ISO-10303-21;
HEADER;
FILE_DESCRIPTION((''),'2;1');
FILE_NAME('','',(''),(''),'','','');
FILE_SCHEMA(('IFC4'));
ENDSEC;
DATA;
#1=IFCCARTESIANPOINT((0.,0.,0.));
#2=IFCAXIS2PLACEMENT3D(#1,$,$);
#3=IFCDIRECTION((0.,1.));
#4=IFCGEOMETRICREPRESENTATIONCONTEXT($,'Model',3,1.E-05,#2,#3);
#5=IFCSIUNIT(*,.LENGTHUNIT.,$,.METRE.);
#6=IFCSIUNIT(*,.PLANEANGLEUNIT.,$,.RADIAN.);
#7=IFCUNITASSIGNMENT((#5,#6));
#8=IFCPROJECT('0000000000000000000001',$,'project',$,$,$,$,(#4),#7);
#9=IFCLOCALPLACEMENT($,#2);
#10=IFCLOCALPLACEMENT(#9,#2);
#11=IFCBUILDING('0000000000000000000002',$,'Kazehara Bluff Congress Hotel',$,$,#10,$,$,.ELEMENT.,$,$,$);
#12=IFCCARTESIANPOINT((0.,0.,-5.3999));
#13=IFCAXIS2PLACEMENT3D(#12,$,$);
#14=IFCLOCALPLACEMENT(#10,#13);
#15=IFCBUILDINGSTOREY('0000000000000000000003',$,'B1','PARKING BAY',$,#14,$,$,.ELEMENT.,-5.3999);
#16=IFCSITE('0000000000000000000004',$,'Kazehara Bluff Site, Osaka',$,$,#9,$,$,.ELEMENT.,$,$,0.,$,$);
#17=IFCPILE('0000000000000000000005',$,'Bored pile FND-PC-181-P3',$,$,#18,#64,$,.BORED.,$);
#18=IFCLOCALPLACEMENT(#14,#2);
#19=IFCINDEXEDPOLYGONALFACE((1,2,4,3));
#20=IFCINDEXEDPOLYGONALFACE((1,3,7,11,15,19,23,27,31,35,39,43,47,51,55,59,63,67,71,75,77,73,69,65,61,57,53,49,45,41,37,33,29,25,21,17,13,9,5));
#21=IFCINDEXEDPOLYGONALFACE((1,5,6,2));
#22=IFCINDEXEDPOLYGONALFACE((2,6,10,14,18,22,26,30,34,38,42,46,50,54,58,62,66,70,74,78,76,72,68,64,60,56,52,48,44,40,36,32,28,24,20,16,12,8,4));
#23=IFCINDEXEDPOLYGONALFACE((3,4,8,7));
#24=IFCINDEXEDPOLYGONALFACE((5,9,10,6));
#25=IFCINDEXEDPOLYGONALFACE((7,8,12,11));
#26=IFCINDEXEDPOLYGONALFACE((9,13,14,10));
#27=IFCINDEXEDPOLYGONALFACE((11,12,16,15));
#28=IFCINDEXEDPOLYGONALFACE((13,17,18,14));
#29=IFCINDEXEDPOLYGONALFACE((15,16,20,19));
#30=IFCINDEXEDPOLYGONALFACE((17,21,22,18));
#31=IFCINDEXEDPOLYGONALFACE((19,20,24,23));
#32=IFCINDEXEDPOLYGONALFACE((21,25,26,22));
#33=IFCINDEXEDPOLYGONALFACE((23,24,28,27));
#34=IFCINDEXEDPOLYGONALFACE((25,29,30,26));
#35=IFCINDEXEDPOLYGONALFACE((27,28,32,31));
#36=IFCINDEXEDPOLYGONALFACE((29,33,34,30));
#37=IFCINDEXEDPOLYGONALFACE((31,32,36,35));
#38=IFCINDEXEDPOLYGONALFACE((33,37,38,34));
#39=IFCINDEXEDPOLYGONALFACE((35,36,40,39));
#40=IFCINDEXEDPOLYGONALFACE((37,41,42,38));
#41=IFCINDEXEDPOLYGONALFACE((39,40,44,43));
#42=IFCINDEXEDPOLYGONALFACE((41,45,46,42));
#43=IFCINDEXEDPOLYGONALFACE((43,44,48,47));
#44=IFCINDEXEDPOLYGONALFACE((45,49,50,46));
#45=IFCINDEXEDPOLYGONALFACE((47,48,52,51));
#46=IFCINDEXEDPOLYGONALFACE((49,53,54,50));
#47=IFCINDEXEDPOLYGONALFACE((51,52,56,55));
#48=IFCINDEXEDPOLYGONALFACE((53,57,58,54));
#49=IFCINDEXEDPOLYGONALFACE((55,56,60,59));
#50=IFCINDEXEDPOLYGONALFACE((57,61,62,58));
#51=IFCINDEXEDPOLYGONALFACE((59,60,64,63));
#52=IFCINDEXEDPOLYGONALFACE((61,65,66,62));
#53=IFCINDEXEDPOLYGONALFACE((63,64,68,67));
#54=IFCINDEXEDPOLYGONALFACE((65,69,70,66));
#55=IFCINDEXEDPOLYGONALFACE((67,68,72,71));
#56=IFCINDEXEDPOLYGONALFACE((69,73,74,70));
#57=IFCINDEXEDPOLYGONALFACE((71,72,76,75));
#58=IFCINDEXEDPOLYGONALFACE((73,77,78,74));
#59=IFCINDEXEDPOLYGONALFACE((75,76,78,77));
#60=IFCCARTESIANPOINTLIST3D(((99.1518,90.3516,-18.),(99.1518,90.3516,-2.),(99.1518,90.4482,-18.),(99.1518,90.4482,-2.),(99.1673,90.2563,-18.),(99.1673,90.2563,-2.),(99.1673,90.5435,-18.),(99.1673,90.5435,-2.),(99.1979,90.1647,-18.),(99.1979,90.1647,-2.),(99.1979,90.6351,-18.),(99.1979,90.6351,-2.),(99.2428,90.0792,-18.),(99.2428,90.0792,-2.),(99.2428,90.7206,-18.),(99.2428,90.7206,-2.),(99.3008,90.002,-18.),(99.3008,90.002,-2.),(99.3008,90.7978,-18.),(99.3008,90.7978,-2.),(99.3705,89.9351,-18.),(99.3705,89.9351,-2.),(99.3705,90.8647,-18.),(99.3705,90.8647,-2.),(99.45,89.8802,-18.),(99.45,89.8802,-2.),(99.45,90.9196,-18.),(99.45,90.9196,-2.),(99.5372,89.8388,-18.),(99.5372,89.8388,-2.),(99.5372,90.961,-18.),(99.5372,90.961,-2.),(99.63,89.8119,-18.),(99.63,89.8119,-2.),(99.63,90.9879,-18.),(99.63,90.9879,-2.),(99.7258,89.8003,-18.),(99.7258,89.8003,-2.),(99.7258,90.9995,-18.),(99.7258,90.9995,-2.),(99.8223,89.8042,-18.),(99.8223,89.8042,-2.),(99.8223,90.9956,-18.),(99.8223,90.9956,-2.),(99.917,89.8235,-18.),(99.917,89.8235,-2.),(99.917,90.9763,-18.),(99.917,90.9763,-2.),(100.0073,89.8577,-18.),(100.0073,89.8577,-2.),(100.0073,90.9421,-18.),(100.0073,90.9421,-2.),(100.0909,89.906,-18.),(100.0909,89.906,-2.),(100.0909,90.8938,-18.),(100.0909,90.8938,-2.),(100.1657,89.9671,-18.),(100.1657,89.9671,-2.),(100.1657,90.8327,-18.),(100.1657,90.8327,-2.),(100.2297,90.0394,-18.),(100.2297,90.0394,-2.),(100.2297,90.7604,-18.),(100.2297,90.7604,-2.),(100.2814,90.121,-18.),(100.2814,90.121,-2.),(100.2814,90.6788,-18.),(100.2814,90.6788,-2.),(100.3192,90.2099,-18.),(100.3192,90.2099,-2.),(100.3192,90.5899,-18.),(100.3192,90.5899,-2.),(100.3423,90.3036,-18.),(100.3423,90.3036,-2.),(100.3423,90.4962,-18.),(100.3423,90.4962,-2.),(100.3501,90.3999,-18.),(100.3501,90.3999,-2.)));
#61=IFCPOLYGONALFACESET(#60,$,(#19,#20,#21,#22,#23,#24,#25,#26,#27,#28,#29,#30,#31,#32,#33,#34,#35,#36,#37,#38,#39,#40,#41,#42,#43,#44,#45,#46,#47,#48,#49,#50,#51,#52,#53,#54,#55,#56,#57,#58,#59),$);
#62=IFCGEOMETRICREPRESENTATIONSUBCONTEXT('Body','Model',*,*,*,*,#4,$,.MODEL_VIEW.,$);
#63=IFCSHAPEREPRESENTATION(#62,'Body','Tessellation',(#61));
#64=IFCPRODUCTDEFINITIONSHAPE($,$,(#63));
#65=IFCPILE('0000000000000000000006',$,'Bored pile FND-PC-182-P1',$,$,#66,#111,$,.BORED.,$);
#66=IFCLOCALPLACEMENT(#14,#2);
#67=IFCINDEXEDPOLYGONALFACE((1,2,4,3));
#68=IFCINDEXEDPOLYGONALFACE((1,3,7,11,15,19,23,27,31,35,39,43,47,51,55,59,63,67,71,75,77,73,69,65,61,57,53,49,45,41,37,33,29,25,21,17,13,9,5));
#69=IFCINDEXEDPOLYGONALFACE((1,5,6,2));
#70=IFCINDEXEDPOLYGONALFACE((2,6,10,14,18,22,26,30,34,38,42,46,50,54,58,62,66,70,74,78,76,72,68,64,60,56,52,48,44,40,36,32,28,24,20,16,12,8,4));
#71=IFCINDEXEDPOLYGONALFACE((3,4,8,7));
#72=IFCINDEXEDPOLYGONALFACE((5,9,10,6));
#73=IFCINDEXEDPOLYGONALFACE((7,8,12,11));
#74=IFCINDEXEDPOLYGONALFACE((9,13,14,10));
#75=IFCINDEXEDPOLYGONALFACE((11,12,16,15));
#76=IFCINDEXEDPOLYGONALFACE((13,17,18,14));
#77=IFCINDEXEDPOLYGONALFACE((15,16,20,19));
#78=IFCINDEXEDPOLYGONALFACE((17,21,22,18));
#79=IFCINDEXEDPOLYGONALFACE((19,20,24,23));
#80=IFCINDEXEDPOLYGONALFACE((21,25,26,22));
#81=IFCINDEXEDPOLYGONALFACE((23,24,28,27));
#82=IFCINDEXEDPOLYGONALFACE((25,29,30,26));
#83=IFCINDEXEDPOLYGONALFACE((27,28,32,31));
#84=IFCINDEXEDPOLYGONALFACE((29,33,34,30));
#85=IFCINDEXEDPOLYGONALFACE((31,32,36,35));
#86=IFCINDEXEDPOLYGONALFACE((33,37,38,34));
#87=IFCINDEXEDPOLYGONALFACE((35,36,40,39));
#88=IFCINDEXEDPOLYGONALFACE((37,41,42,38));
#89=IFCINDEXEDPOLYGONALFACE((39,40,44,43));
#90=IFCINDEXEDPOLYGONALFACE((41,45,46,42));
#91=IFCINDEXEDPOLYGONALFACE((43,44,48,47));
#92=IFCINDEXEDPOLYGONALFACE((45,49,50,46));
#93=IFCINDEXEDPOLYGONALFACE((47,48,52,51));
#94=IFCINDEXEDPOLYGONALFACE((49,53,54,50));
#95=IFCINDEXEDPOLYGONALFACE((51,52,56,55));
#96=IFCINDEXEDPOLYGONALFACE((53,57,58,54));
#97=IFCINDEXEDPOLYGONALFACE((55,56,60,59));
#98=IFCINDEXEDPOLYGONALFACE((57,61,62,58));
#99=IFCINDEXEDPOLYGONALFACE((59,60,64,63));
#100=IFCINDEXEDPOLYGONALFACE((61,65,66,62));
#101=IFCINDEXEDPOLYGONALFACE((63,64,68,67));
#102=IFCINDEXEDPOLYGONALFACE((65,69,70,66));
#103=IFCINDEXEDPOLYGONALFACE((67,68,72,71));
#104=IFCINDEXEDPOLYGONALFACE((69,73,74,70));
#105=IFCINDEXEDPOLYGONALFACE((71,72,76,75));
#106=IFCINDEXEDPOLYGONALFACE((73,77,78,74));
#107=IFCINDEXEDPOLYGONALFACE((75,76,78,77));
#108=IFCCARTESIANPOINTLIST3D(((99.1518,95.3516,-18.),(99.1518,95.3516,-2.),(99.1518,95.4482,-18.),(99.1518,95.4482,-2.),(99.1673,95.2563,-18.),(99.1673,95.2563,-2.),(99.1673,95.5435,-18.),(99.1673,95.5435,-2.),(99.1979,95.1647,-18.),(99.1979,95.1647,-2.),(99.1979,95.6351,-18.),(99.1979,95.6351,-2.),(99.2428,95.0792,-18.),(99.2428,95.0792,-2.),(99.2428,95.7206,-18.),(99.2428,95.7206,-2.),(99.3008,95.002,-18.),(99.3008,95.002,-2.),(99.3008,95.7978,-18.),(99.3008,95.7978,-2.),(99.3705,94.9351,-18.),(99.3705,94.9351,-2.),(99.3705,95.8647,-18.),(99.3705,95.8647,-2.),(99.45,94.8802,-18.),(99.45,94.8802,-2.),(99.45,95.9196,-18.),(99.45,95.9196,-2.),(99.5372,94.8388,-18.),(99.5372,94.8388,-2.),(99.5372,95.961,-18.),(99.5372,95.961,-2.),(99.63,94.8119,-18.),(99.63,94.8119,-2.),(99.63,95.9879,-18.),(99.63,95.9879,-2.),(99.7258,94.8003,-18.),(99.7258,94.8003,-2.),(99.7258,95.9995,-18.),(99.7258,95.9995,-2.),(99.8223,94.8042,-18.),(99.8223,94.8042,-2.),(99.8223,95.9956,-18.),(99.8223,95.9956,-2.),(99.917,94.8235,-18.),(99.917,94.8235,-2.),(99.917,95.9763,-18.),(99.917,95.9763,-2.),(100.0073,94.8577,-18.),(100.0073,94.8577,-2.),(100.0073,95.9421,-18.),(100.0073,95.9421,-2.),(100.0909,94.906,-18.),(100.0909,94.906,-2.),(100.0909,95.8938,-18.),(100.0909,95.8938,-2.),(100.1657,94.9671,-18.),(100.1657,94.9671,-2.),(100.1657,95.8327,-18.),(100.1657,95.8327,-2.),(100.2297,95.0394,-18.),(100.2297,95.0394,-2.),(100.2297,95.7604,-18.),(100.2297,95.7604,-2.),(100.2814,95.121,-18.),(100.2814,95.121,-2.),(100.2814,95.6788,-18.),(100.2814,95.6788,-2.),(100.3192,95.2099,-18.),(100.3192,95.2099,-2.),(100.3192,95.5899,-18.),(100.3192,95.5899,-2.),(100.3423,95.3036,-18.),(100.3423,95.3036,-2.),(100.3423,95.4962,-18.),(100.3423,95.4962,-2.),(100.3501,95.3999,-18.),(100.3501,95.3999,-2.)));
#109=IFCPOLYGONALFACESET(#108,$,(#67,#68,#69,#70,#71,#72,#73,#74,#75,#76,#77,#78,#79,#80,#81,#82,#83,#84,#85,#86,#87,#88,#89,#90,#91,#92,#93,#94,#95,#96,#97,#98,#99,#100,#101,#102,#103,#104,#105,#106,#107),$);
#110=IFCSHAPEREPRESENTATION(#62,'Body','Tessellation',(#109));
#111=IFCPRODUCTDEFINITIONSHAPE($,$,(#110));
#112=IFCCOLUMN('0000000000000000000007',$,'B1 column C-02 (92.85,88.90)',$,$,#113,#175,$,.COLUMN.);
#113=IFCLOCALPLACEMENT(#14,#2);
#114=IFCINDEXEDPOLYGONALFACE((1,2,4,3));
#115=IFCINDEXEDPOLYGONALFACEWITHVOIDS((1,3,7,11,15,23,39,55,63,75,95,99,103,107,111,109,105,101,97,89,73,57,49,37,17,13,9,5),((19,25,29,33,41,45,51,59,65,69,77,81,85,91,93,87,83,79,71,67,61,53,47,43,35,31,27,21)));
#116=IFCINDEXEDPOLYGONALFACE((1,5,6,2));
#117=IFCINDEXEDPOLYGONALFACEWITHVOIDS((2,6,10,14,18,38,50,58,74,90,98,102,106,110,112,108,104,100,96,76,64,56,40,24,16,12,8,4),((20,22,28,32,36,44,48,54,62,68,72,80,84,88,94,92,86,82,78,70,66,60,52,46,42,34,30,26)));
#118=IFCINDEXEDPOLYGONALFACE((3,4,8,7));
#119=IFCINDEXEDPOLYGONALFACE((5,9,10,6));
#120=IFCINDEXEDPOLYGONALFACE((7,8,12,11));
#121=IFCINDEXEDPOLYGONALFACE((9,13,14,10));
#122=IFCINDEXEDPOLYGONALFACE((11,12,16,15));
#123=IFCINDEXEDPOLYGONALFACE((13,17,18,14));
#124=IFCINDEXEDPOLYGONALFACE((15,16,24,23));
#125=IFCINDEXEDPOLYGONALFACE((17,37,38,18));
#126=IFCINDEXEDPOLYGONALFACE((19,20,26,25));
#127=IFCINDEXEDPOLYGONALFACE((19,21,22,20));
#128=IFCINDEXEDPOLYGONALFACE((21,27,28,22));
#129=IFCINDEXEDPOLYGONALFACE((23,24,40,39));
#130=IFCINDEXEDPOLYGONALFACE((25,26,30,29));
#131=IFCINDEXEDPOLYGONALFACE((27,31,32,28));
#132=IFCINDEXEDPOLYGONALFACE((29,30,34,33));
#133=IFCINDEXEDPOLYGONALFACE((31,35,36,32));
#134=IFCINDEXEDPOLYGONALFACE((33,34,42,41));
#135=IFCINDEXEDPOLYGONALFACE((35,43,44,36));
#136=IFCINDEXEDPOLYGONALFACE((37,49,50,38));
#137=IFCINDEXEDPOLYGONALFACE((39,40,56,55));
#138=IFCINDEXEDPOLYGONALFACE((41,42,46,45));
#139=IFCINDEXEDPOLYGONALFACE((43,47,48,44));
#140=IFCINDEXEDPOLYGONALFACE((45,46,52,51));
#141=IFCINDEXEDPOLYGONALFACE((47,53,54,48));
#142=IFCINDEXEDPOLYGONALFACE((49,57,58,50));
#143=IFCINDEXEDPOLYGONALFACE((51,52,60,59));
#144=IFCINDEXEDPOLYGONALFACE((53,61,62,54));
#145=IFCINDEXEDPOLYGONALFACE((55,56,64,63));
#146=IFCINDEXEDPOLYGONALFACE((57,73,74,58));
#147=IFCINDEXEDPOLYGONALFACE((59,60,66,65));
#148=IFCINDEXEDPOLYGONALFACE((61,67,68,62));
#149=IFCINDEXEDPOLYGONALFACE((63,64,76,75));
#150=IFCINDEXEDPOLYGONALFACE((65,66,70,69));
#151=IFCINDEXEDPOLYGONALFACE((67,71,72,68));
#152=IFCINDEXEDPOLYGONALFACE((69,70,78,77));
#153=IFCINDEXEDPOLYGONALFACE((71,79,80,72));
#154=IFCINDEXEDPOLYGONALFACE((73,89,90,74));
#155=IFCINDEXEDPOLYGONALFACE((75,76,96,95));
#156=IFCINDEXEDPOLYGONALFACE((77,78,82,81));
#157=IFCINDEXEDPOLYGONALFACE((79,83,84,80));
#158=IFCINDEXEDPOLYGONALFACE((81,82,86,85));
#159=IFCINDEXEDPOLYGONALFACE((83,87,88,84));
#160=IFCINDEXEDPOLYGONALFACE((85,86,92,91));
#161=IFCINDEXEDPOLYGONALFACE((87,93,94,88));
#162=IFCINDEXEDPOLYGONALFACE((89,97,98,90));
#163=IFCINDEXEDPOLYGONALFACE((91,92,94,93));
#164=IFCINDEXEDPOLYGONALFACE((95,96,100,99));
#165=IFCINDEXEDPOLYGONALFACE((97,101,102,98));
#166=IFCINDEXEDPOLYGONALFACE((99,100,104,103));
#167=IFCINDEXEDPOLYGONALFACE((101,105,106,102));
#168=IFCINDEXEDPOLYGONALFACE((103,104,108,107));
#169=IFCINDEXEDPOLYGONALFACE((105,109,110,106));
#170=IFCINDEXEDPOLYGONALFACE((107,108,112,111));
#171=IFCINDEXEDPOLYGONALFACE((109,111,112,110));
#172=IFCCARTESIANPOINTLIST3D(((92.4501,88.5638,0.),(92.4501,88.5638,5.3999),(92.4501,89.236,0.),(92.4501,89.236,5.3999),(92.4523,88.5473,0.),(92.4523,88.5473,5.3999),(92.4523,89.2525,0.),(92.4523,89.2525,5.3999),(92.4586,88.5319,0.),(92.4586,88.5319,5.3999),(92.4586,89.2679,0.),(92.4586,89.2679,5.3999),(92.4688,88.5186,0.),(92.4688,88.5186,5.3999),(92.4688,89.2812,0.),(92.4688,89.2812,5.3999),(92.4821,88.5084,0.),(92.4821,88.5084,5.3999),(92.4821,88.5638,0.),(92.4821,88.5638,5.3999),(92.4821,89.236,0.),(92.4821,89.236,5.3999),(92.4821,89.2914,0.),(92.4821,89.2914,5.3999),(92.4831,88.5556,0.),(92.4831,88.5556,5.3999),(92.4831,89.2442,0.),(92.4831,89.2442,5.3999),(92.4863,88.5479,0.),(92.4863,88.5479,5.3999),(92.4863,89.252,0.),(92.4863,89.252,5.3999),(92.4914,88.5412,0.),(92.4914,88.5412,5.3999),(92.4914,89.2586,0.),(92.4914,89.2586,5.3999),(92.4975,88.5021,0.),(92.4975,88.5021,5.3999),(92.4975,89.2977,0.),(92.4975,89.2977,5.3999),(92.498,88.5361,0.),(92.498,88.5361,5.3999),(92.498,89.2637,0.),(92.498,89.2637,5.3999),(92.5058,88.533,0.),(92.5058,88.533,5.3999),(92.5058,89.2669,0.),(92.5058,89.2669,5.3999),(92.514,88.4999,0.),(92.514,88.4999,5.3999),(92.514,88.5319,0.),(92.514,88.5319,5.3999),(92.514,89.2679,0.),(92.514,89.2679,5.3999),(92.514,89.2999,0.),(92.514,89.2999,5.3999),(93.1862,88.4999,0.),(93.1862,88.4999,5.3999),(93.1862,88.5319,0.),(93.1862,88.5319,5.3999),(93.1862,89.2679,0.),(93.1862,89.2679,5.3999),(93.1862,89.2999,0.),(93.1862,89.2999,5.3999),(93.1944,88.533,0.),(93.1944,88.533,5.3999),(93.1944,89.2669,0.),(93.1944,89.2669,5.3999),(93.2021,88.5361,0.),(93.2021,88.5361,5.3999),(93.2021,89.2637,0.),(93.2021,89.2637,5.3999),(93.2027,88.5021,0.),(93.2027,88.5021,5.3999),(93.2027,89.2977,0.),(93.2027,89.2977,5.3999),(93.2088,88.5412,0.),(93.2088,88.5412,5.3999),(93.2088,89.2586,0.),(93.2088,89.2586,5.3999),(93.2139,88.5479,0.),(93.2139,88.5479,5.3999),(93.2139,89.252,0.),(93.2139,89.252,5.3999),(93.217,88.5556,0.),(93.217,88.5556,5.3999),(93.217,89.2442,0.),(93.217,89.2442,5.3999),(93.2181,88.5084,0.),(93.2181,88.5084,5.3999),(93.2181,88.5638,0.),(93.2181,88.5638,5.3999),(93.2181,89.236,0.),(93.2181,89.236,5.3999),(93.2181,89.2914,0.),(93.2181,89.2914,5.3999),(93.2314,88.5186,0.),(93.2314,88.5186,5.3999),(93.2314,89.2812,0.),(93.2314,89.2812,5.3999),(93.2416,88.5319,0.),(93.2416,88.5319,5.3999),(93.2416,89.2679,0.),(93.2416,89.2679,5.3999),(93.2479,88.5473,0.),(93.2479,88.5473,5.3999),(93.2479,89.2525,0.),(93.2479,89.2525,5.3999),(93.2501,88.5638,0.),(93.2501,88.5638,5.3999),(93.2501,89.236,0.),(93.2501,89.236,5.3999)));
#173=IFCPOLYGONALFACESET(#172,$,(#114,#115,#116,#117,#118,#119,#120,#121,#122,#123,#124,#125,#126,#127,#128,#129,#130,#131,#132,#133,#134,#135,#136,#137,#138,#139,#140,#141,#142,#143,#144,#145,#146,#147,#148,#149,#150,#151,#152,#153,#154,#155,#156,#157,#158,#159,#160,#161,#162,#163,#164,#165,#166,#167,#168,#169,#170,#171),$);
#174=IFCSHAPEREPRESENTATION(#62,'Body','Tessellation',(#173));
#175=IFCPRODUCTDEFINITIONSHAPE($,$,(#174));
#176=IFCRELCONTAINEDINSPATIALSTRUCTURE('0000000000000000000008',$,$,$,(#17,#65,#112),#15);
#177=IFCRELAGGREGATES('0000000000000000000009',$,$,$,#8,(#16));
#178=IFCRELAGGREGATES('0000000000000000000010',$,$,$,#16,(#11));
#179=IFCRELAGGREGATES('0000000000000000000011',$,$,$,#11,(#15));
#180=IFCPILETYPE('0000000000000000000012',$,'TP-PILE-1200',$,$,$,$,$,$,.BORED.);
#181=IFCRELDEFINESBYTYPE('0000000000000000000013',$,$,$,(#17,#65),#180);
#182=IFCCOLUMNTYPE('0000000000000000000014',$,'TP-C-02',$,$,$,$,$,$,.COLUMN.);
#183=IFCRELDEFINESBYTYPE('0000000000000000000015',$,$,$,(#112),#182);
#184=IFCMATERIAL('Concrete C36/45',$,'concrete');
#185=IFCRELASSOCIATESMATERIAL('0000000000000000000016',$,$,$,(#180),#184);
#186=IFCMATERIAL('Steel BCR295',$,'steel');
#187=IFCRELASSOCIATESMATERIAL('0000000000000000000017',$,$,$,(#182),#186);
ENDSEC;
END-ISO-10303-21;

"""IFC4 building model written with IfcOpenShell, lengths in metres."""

from ifc_helpers import new_model, si_unit, direction, frame, origin, origin_2d, place, context, subcontext, project, spatial, hollow_rectangle, circle, extrude, material, material_profile, profile_set, type_object, element, save


model = new_model("IFC4")

# Units and contexts
model_context = context("Model", 3, precision=1e-05, world=origin(), true_north=direction((0.0, 1.0)))
body_context = subcontext(model_context, "Body", "Model", "MODEL_VIEW")
ifc_project = project(units=[si_unit("LENGTHUNIT", "METRE"), si_unit("PLANEANGLEUNIT", "RADIAN")], contexts=[model_context])

# Site, building, storey
site_placement = place(None, origin())
site = spatial("IfcSite", under=ifc_project, at=site_placement, Name="Kazehara Bluff Site, Osaka", CompositionType="ELEMENT", RefElevation=0.0)
building_placement = place(site_placement, origin())
building = spatial("IfcBuilding", under=site, at=building_placement, Name="Kazehara Bluff Congress Hotel", CompositionType="ELEMENT")
storey_placement = place(building_placement, frame((0.0, 0.0, -5.3999)))
storey = spatial("IfcBuildingStorey", under=building, at=storey_placement, Name="B1", Description="PARKING BAY", CompositionType="ELEMENT", Elevation=-5.3999)

# Piles
ifc_material_1 = material(Name="Concrete C36/45", Category="concrete")
ifc_material_profile_1 = material_profile(ifc_material_1, circle(Radius=0.6001, at=origin_2d()))
ifc_profile_set_1 = profile_set([ifc_material_profile_1], Name="Concrete C36/45")
pile_type = type_object("IfcPileType", Name="TP-PILE-1200", PredefinedType="BORED", material=ifc_profile_set_1)
for number, where, z_axis, x_axis, name in (
    (1, (99.75, 90.3999, -2.0), (0.0, 0.0, -1.0), (1.0, 0.0, 0.0), "Bored pile FND-PC-181-P3"),
    (2, (99.75, 95.3999, -2.0), (0.0, 0.0, -1.0), (1.0, 0.0, 0.0), "Bored pile FND-PC-182-P1"),
):
    element("IfcPile", number, at=place(storey_placement, frame(where, z_axis=z_axis, x_axis=x_axis)), inside=storey, type_object=pile_type, Name=name, PredefinedType="BORED", context=body_context, shape_type="SweptSolid", body=[
        extrude(circle(Radius=0.6001, at=origin_2d()), origin(), (0.0, 0.0, 1.0), 16.0),
    ])

# Column
ifc_material_2 = material(Name="Steel BCR295", Category="steel")
ifc_material_profile_2 = material_profile(ifc_material_2, hollow_rectangle(XDim=0.8, YDim=0.8, WallThickness=0.032, InnerFilletRadius=0.032, OuterFilletRadius=0.064, at=origin_2d()))
ifc_profile_set_2 = profile_set([ifc_material_profile_2], Name="Steel BCR295")
column_type = type_object("IfcColumnType", Name="TP-C-02", PredefinedType="COLUMN", material=ifc_profile_set_2)
for number, where, z_axis, x_axis, name in (
    (3, (92.8501, 88.8999, 0.0), (0.0, 0.0, 1.0), (1.0, 0.0, 0.0), "B1 column C-02 (92.85,88.90)"),
):
    element("IfcColumn", number, at=place(storey_placement, frame(where, z_axis=z_axis, x_axis=x_axis)), inside=storey, type_object=column_type, Name=name, PredefinedType="COLUMN", context=body_context, shape_type="SweptSolid", body=[
        extrude(hollow_rectangle(XDim=0.8, YDim=0.8, WallThickness=0.032, InnerFilletRadius=0.032, OuterFilletRadius=0.064, at=origin_2d()), origin(), (0.0, 0.0, 1.0), 5.3999),
    ])

save(model, "model.ifc")
